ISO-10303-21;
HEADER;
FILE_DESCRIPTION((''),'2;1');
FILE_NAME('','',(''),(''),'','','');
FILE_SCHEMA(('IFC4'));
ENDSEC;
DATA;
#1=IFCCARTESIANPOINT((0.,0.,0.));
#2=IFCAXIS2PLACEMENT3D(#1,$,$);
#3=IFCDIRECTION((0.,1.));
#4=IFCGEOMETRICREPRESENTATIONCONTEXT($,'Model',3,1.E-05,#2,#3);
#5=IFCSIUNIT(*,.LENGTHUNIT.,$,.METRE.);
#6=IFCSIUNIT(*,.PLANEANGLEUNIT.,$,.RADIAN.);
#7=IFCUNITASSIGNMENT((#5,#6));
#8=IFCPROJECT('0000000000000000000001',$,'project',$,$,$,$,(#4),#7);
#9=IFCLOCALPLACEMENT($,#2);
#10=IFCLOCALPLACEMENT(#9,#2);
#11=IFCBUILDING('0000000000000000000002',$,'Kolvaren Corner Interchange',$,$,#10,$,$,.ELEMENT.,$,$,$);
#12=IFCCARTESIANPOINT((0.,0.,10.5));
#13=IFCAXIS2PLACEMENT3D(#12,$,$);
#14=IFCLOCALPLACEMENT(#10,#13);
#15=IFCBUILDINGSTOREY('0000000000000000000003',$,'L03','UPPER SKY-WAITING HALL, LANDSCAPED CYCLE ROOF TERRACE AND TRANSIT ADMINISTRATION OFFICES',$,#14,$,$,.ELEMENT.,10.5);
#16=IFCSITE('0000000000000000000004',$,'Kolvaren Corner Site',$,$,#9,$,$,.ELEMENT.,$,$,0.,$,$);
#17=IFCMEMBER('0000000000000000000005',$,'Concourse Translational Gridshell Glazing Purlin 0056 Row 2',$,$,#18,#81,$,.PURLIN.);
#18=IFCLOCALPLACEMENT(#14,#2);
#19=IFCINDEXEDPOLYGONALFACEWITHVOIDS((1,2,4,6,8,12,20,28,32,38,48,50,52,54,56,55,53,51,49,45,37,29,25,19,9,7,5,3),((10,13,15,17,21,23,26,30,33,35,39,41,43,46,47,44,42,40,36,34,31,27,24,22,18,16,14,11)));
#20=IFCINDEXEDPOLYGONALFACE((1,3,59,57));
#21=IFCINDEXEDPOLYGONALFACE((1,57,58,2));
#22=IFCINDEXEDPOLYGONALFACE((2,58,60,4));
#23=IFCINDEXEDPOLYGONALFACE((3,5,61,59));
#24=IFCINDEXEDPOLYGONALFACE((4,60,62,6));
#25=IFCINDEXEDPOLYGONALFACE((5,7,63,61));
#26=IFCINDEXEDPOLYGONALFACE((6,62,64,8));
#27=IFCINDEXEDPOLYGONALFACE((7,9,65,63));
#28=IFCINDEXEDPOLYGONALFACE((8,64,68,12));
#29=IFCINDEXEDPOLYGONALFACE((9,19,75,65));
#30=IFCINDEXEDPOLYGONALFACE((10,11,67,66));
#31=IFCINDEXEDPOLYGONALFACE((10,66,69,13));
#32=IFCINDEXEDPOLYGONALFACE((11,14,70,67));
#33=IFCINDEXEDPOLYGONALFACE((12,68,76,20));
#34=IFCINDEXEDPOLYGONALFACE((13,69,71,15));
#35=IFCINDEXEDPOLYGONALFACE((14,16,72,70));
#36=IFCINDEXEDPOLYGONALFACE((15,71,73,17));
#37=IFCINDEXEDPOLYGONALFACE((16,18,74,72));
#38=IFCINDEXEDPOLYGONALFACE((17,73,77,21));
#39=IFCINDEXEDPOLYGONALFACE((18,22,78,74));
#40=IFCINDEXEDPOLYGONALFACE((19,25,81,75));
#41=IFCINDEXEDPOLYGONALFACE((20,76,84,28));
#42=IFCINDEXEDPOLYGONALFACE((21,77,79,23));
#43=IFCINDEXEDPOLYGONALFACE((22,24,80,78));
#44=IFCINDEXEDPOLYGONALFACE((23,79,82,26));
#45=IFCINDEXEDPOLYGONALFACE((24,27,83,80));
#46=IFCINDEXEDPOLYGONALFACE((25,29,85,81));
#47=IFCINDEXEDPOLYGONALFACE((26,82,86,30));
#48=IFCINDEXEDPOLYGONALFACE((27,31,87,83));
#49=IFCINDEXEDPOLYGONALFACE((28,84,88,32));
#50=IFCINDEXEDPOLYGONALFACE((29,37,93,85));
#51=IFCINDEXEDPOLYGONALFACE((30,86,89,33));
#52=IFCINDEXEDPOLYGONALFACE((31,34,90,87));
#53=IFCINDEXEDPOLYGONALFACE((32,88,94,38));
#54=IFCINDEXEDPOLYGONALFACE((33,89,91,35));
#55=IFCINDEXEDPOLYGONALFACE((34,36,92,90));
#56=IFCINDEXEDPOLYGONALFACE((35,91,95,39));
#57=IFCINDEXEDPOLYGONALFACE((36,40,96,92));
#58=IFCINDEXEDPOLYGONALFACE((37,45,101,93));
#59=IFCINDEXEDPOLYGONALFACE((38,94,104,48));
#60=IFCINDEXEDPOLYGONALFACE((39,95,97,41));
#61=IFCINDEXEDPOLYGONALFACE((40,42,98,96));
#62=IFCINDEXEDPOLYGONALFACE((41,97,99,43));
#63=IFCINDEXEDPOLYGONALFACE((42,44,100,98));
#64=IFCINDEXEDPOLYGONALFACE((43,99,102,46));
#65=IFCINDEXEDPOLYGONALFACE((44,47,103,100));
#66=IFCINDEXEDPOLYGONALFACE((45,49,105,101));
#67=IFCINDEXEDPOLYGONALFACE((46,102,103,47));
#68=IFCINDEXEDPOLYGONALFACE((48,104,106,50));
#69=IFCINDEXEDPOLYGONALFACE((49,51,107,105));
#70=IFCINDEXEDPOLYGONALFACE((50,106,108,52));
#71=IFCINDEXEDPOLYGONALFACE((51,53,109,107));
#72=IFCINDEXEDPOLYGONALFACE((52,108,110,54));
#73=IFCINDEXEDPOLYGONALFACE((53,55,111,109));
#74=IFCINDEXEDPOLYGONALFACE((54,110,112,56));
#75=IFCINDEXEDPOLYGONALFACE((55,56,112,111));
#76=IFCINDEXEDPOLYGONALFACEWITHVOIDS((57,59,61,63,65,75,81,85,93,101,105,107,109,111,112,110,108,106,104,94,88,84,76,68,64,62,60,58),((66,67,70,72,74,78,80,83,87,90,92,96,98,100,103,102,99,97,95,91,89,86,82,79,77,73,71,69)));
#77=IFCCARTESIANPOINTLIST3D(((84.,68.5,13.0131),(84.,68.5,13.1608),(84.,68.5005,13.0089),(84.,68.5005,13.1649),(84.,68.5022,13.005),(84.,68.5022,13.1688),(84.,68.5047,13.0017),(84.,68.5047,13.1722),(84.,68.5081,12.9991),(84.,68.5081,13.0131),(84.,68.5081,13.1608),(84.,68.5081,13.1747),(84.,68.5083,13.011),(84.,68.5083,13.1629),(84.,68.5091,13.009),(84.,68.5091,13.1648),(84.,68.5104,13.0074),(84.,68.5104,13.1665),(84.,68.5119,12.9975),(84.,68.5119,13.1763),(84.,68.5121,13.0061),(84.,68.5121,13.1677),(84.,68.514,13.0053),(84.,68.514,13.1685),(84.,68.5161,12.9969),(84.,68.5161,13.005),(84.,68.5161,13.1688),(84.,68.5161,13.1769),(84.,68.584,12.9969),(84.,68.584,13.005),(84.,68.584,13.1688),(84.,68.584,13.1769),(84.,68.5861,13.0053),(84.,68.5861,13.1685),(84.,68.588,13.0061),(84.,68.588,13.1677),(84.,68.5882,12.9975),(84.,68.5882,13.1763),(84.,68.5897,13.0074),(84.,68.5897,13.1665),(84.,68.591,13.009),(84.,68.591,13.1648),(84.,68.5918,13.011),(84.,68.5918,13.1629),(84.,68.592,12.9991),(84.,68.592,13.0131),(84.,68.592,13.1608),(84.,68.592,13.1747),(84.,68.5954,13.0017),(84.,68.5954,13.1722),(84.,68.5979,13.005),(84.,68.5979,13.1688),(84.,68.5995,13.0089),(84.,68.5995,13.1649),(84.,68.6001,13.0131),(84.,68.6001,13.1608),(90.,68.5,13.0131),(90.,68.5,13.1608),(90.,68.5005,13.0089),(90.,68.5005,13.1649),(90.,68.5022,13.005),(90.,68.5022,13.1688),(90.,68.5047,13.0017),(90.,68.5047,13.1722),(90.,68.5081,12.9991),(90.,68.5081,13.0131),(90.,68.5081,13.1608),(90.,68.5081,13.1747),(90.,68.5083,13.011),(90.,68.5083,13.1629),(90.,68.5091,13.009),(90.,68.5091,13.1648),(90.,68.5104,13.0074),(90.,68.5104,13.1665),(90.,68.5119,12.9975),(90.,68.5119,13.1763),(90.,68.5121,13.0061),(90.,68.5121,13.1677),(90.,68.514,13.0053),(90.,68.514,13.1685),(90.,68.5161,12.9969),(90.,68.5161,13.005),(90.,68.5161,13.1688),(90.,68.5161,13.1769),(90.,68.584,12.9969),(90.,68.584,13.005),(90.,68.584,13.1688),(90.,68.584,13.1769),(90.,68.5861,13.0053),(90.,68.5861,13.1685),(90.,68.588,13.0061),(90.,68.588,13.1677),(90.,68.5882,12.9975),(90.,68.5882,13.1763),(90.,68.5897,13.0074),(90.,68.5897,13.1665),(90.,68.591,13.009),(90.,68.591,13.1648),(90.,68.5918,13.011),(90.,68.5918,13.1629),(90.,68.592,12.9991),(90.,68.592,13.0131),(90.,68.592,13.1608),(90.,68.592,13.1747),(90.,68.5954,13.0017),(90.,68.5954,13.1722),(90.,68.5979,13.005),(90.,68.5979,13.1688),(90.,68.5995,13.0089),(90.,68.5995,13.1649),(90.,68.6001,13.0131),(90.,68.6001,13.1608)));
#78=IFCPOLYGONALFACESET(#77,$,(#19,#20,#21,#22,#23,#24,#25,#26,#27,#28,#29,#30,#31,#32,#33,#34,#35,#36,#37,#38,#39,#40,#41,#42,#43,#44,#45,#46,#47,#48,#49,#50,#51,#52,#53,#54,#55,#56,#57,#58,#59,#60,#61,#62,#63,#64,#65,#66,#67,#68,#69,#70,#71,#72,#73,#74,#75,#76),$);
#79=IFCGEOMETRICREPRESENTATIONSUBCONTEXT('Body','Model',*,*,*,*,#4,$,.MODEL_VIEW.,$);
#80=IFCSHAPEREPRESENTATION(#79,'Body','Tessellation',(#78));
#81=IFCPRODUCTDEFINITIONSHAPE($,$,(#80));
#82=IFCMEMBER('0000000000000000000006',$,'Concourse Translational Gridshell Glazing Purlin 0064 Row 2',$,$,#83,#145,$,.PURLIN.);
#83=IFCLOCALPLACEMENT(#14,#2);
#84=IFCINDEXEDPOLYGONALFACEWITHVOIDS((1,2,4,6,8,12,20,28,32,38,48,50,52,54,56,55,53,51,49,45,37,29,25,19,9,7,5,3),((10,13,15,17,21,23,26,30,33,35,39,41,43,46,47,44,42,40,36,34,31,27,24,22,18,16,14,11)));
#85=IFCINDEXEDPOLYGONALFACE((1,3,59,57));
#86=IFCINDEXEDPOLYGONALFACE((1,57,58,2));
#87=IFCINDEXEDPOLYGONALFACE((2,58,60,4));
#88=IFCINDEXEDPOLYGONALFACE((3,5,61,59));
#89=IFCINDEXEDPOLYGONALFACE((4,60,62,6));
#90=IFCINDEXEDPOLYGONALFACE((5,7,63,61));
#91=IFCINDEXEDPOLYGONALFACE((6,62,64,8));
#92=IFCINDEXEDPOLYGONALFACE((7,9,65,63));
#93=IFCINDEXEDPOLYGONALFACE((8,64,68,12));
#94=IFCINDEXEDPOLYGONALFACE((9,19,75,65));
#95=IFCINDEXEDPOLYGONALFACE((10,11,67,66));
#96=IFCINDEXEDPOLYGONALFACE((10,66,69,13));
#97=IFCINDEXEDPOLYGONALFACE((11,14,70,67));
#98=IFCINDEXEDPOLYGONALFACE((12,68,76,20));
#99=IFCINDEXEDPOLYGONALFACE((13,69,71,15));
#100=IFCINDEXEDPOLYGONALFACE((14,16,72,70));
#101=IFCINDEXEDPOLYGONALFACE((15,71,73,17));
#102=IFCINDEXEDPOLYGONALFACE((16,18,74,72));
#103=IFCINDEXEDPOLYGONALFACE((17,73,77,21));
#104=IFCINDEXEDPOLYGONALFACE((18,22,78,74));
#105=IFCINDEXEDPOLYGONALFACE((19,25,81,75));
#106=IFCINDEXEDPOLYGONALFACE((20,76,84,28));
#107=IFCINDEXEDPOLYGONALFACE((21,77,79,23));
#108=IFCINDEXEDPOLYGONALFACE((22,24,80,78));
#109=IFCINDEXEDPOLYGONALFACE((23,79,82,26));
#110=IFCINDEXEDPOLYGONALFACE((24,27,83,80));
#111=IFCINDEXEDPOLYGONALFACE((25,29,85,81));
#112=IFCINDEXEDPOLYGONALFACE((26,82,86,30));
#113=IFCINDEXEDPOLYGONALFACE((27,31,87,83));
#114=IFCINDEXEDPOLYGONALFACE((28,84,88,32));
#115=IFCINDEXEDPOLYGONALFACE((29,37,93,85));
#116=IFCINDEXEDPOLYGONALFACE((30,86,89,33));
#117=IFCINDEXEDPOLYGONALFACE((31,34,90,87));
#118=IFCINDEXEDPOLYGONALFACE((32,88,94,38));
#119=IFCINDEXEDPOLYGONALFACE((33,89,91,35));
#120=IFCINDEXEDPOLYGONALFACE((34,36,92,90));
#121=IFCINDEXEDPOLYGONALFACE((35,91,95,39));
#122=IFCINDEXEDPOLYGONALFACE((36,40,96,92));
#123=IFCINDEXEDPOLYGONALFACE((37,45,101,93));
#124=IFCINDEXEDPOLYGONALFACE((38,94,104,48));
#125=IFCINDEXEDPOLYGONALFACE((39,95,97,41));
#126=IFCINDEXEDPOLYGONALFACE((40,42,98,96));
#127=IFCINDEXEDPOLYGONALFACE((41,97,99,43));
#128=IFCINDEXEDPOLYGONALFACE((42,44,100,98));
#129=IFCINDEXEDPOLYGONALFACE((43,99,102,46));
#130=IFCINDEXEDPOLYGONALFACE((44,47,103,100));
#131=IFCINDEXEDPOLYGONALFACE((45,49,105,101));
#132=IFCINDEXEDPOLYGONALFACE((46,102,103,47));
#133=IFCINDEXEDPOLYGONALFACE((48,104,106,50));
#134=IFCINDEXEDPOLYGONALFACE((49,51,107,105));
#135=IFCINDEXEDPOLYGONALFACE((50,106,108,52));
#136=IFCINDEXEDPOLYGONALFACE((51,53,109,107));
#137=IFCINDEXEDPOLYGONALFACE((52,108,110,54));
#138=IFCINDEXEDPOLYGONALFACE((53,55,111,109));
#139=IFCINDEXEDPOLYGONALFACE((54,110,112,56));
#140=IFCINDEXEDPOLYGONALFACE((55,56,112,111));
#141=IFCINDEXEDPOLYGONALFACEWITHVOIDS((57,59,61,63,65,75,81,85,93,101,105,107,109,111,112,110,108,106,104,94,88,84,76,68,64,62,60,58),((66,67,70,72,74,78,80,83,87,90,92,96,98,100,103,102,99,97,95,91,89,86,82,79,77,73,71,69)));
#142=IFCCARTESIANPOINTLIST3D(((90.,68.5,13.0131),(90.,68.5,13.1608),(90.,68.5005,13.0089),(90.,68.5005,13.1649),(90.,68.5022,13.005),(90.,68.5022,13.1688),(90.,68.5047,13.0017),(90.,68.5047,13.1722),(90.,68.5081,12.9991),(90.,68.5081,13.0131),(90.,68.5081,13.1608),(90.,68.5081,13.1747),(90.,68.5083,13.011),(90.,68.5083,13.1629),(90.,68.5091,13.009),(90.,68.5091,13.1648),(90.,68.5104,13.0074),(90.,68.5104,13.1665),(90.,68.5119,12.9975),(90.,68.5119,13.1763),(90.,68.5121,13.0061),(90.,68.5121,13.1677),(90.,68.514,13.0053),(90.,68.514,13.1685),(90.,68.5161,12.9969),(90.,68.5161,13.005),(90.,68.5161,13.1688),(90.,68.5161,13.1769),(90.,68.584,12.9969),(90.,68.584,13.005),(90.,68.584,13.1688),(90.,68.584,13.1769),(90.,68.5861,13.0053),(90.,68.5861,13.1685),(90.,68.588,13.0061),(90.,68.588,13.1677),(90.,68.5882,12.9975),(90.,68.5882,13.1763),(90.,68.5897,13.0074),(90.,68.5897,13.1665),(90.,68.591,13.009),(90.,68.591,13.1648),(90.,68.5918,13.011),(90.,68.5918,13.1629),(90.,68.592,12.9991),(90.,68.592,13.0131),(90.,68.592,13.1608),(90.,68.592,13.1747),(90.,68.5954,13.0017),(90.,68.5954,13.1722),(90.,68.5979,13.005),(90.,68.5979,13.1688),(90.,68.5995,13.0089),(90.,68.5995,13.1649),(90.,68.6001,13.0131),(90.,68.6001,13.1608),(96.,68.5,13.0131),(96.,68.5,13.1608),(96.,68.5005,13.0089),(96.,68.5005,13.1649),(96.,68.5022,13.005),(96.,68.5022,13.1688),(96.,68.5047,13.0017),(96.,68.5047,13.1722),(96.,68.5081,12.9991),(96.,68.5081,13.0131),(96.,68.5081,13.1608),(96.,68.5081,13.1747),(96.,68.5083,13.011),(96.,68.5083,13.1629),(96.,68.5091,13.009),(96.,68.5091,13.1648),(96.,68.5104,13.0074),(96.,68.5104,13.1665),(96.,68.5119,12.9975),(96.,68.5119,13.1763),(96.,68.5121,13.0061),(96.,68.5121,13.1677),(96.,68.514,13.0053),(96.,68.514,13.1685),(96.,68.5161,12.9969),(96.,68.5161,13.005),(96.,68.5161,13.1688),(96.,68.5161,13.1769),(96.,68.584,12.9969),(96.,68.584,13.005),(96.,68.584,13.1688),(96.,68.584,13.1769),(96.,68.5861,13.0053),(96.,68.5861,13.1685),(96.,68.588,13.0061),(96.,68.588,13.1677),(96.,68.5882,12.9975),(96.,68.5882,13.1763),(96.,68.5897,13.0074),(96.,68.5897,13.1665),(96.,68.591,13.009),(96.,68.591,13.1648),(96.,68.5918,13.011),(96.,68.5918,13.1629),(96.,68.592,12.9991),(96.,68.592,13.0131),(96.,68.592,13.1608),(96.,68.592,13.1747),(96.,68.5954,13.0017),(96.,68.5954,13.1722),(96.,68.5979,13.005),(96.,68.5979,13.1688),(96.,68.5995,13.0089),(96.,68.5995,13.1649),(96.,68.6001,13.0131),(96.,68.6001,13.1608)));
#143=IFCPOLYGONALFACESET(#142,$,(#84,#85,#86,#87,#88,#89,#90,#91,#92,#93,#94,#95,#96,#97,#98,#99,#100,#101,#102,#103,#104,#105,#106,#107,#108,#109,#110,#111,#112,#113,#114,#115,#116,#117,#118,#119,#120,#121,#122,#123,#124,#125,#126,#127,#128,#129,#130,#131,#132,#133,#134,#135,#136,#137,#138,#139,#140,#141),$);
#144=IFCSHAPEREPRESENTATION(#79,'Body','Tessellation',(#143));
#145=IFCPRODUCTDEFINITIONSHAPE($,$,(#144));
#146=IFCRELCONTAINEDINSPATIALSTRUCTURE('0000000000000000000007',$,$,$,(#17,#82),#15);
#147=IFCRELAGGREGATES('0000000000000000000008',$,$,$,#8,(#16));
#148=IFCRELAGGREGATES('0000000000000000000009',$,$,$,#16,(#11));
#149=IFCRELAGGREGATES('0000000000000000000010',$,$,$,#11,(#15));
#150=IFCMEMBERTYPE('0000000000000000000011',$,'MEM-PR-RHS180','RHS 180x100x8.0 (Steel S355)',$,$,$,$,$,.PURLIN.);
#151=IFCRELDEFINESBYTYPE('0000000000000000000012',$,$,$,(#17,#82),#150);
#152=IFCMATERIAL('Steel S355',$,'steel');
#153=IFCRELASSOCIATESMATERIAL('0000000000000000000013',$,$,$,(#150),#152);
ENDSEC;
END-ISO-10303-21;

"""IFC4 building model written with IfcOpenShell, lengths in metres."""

from ifc_helpers import new_model, si_unit, direction, frame, origin, origin_2d, place, context, subcontext, project, spatial, hollow_rectangle, extrude, material, material_profile, profile_set, type_object, element, save


model = new_model("IFC4")

# Units and contexts
model_context = context("Model", 3, precision=1e-05, world=origin(), true_north=direction((0.0, 1.0)))
body_context = subcontext(model_context, "Body", "Model", "MODEL_VIEW")
ifc_project = project(units=[si_unit("LENGTHUNIT", "METRE"), si_unit("PLANEANGLEUNIT", "RADIAN")], contexts=[model_context])

# Site, building, storey
site_placement = place(None, origin())
site = spatial("IfcSite", under=ifc_project, at=site_placement, Name="Kolvaren Corner Site", CompositionType="ELEMENT", RefElevation=0.0)
building_placement = place(site_placement, origin())
building = spatial("IfcBuilding", under=site, at=building_placement, Name="Kolvaren Corner Interchange", CompositionType="ELEMENT")
storey_placement = place(building_placement, frame((0.0, 0.0, 10.5)))
storey = spatial("IfcBuildingStorey", under=building, at=storey_placement, Name="L03", Description="UPPER SKY-WAITING HALL, LANDSCAPED CYCLE ROOF TERRACE AND TRANSIT ADMINISTRATION OFFICES", CompositionType="ELEMENT", Elevation=10.5)

# Members
ifc_material_1 = material(Name="Steel S355", Category="steel")
ifc_material_profile_1 = material_profile(ifc_material_1, hollow_rectangle(XDim=0.1001, YDim=0.1799, WallThickness=0.0081, InnerFilletRadius=0.0081, OuterFilletRadius=0.0161, at=origin_2d()), Name="RHS 180x100x8.0")
ifc_profile_set_1 = profile_set([ifc_material_profile_1], Name="Steel S355")
member_type_1 = type_object("IfcMemberType", Name="MEM-PR-RHS180", Description="RHS 180x100x8.0 (Steel S355)", PredefinedType="PURLIN", material=ifc_profile_set_1)
for number, where, z_axis, x_axis, name in (
    (1, (84.0, 68.55, 13.0869), (1.0, 0.0, 0.0), (0.0, 1.0, 0.0), "Concourse Translational Gridshell Glazing Purlin 0056 Row 2"),
    (2, (90.0, 68.55, 13.0869), (1.0, 0.0, 0.0), (0.0, 1.0, 0.0), "Concourse Translational Gridshell Glazing Purlin 0064 Row 2"),
):
    element("IfcMember", number, at=place(storey_placement, frame(where, z_axis=z_axis, x_axis=x_axis)), inside=storey, type_object=member_type_1, Name=name, PredefinedType="PURLIN", context=body_context, shape_type="SweptSolid", body=[
        extrude(hollow_rectangle(XDim=0.1001, YDim=0.1799, WallThickness=0.0081, InnerFilletRadius=0.0081, OuterFilletRadius=0.0161, at=origin_2d()), origin(), (0.0, 0.0, 1.0), 6.0),
    ])

save(model, "model.ifc")
